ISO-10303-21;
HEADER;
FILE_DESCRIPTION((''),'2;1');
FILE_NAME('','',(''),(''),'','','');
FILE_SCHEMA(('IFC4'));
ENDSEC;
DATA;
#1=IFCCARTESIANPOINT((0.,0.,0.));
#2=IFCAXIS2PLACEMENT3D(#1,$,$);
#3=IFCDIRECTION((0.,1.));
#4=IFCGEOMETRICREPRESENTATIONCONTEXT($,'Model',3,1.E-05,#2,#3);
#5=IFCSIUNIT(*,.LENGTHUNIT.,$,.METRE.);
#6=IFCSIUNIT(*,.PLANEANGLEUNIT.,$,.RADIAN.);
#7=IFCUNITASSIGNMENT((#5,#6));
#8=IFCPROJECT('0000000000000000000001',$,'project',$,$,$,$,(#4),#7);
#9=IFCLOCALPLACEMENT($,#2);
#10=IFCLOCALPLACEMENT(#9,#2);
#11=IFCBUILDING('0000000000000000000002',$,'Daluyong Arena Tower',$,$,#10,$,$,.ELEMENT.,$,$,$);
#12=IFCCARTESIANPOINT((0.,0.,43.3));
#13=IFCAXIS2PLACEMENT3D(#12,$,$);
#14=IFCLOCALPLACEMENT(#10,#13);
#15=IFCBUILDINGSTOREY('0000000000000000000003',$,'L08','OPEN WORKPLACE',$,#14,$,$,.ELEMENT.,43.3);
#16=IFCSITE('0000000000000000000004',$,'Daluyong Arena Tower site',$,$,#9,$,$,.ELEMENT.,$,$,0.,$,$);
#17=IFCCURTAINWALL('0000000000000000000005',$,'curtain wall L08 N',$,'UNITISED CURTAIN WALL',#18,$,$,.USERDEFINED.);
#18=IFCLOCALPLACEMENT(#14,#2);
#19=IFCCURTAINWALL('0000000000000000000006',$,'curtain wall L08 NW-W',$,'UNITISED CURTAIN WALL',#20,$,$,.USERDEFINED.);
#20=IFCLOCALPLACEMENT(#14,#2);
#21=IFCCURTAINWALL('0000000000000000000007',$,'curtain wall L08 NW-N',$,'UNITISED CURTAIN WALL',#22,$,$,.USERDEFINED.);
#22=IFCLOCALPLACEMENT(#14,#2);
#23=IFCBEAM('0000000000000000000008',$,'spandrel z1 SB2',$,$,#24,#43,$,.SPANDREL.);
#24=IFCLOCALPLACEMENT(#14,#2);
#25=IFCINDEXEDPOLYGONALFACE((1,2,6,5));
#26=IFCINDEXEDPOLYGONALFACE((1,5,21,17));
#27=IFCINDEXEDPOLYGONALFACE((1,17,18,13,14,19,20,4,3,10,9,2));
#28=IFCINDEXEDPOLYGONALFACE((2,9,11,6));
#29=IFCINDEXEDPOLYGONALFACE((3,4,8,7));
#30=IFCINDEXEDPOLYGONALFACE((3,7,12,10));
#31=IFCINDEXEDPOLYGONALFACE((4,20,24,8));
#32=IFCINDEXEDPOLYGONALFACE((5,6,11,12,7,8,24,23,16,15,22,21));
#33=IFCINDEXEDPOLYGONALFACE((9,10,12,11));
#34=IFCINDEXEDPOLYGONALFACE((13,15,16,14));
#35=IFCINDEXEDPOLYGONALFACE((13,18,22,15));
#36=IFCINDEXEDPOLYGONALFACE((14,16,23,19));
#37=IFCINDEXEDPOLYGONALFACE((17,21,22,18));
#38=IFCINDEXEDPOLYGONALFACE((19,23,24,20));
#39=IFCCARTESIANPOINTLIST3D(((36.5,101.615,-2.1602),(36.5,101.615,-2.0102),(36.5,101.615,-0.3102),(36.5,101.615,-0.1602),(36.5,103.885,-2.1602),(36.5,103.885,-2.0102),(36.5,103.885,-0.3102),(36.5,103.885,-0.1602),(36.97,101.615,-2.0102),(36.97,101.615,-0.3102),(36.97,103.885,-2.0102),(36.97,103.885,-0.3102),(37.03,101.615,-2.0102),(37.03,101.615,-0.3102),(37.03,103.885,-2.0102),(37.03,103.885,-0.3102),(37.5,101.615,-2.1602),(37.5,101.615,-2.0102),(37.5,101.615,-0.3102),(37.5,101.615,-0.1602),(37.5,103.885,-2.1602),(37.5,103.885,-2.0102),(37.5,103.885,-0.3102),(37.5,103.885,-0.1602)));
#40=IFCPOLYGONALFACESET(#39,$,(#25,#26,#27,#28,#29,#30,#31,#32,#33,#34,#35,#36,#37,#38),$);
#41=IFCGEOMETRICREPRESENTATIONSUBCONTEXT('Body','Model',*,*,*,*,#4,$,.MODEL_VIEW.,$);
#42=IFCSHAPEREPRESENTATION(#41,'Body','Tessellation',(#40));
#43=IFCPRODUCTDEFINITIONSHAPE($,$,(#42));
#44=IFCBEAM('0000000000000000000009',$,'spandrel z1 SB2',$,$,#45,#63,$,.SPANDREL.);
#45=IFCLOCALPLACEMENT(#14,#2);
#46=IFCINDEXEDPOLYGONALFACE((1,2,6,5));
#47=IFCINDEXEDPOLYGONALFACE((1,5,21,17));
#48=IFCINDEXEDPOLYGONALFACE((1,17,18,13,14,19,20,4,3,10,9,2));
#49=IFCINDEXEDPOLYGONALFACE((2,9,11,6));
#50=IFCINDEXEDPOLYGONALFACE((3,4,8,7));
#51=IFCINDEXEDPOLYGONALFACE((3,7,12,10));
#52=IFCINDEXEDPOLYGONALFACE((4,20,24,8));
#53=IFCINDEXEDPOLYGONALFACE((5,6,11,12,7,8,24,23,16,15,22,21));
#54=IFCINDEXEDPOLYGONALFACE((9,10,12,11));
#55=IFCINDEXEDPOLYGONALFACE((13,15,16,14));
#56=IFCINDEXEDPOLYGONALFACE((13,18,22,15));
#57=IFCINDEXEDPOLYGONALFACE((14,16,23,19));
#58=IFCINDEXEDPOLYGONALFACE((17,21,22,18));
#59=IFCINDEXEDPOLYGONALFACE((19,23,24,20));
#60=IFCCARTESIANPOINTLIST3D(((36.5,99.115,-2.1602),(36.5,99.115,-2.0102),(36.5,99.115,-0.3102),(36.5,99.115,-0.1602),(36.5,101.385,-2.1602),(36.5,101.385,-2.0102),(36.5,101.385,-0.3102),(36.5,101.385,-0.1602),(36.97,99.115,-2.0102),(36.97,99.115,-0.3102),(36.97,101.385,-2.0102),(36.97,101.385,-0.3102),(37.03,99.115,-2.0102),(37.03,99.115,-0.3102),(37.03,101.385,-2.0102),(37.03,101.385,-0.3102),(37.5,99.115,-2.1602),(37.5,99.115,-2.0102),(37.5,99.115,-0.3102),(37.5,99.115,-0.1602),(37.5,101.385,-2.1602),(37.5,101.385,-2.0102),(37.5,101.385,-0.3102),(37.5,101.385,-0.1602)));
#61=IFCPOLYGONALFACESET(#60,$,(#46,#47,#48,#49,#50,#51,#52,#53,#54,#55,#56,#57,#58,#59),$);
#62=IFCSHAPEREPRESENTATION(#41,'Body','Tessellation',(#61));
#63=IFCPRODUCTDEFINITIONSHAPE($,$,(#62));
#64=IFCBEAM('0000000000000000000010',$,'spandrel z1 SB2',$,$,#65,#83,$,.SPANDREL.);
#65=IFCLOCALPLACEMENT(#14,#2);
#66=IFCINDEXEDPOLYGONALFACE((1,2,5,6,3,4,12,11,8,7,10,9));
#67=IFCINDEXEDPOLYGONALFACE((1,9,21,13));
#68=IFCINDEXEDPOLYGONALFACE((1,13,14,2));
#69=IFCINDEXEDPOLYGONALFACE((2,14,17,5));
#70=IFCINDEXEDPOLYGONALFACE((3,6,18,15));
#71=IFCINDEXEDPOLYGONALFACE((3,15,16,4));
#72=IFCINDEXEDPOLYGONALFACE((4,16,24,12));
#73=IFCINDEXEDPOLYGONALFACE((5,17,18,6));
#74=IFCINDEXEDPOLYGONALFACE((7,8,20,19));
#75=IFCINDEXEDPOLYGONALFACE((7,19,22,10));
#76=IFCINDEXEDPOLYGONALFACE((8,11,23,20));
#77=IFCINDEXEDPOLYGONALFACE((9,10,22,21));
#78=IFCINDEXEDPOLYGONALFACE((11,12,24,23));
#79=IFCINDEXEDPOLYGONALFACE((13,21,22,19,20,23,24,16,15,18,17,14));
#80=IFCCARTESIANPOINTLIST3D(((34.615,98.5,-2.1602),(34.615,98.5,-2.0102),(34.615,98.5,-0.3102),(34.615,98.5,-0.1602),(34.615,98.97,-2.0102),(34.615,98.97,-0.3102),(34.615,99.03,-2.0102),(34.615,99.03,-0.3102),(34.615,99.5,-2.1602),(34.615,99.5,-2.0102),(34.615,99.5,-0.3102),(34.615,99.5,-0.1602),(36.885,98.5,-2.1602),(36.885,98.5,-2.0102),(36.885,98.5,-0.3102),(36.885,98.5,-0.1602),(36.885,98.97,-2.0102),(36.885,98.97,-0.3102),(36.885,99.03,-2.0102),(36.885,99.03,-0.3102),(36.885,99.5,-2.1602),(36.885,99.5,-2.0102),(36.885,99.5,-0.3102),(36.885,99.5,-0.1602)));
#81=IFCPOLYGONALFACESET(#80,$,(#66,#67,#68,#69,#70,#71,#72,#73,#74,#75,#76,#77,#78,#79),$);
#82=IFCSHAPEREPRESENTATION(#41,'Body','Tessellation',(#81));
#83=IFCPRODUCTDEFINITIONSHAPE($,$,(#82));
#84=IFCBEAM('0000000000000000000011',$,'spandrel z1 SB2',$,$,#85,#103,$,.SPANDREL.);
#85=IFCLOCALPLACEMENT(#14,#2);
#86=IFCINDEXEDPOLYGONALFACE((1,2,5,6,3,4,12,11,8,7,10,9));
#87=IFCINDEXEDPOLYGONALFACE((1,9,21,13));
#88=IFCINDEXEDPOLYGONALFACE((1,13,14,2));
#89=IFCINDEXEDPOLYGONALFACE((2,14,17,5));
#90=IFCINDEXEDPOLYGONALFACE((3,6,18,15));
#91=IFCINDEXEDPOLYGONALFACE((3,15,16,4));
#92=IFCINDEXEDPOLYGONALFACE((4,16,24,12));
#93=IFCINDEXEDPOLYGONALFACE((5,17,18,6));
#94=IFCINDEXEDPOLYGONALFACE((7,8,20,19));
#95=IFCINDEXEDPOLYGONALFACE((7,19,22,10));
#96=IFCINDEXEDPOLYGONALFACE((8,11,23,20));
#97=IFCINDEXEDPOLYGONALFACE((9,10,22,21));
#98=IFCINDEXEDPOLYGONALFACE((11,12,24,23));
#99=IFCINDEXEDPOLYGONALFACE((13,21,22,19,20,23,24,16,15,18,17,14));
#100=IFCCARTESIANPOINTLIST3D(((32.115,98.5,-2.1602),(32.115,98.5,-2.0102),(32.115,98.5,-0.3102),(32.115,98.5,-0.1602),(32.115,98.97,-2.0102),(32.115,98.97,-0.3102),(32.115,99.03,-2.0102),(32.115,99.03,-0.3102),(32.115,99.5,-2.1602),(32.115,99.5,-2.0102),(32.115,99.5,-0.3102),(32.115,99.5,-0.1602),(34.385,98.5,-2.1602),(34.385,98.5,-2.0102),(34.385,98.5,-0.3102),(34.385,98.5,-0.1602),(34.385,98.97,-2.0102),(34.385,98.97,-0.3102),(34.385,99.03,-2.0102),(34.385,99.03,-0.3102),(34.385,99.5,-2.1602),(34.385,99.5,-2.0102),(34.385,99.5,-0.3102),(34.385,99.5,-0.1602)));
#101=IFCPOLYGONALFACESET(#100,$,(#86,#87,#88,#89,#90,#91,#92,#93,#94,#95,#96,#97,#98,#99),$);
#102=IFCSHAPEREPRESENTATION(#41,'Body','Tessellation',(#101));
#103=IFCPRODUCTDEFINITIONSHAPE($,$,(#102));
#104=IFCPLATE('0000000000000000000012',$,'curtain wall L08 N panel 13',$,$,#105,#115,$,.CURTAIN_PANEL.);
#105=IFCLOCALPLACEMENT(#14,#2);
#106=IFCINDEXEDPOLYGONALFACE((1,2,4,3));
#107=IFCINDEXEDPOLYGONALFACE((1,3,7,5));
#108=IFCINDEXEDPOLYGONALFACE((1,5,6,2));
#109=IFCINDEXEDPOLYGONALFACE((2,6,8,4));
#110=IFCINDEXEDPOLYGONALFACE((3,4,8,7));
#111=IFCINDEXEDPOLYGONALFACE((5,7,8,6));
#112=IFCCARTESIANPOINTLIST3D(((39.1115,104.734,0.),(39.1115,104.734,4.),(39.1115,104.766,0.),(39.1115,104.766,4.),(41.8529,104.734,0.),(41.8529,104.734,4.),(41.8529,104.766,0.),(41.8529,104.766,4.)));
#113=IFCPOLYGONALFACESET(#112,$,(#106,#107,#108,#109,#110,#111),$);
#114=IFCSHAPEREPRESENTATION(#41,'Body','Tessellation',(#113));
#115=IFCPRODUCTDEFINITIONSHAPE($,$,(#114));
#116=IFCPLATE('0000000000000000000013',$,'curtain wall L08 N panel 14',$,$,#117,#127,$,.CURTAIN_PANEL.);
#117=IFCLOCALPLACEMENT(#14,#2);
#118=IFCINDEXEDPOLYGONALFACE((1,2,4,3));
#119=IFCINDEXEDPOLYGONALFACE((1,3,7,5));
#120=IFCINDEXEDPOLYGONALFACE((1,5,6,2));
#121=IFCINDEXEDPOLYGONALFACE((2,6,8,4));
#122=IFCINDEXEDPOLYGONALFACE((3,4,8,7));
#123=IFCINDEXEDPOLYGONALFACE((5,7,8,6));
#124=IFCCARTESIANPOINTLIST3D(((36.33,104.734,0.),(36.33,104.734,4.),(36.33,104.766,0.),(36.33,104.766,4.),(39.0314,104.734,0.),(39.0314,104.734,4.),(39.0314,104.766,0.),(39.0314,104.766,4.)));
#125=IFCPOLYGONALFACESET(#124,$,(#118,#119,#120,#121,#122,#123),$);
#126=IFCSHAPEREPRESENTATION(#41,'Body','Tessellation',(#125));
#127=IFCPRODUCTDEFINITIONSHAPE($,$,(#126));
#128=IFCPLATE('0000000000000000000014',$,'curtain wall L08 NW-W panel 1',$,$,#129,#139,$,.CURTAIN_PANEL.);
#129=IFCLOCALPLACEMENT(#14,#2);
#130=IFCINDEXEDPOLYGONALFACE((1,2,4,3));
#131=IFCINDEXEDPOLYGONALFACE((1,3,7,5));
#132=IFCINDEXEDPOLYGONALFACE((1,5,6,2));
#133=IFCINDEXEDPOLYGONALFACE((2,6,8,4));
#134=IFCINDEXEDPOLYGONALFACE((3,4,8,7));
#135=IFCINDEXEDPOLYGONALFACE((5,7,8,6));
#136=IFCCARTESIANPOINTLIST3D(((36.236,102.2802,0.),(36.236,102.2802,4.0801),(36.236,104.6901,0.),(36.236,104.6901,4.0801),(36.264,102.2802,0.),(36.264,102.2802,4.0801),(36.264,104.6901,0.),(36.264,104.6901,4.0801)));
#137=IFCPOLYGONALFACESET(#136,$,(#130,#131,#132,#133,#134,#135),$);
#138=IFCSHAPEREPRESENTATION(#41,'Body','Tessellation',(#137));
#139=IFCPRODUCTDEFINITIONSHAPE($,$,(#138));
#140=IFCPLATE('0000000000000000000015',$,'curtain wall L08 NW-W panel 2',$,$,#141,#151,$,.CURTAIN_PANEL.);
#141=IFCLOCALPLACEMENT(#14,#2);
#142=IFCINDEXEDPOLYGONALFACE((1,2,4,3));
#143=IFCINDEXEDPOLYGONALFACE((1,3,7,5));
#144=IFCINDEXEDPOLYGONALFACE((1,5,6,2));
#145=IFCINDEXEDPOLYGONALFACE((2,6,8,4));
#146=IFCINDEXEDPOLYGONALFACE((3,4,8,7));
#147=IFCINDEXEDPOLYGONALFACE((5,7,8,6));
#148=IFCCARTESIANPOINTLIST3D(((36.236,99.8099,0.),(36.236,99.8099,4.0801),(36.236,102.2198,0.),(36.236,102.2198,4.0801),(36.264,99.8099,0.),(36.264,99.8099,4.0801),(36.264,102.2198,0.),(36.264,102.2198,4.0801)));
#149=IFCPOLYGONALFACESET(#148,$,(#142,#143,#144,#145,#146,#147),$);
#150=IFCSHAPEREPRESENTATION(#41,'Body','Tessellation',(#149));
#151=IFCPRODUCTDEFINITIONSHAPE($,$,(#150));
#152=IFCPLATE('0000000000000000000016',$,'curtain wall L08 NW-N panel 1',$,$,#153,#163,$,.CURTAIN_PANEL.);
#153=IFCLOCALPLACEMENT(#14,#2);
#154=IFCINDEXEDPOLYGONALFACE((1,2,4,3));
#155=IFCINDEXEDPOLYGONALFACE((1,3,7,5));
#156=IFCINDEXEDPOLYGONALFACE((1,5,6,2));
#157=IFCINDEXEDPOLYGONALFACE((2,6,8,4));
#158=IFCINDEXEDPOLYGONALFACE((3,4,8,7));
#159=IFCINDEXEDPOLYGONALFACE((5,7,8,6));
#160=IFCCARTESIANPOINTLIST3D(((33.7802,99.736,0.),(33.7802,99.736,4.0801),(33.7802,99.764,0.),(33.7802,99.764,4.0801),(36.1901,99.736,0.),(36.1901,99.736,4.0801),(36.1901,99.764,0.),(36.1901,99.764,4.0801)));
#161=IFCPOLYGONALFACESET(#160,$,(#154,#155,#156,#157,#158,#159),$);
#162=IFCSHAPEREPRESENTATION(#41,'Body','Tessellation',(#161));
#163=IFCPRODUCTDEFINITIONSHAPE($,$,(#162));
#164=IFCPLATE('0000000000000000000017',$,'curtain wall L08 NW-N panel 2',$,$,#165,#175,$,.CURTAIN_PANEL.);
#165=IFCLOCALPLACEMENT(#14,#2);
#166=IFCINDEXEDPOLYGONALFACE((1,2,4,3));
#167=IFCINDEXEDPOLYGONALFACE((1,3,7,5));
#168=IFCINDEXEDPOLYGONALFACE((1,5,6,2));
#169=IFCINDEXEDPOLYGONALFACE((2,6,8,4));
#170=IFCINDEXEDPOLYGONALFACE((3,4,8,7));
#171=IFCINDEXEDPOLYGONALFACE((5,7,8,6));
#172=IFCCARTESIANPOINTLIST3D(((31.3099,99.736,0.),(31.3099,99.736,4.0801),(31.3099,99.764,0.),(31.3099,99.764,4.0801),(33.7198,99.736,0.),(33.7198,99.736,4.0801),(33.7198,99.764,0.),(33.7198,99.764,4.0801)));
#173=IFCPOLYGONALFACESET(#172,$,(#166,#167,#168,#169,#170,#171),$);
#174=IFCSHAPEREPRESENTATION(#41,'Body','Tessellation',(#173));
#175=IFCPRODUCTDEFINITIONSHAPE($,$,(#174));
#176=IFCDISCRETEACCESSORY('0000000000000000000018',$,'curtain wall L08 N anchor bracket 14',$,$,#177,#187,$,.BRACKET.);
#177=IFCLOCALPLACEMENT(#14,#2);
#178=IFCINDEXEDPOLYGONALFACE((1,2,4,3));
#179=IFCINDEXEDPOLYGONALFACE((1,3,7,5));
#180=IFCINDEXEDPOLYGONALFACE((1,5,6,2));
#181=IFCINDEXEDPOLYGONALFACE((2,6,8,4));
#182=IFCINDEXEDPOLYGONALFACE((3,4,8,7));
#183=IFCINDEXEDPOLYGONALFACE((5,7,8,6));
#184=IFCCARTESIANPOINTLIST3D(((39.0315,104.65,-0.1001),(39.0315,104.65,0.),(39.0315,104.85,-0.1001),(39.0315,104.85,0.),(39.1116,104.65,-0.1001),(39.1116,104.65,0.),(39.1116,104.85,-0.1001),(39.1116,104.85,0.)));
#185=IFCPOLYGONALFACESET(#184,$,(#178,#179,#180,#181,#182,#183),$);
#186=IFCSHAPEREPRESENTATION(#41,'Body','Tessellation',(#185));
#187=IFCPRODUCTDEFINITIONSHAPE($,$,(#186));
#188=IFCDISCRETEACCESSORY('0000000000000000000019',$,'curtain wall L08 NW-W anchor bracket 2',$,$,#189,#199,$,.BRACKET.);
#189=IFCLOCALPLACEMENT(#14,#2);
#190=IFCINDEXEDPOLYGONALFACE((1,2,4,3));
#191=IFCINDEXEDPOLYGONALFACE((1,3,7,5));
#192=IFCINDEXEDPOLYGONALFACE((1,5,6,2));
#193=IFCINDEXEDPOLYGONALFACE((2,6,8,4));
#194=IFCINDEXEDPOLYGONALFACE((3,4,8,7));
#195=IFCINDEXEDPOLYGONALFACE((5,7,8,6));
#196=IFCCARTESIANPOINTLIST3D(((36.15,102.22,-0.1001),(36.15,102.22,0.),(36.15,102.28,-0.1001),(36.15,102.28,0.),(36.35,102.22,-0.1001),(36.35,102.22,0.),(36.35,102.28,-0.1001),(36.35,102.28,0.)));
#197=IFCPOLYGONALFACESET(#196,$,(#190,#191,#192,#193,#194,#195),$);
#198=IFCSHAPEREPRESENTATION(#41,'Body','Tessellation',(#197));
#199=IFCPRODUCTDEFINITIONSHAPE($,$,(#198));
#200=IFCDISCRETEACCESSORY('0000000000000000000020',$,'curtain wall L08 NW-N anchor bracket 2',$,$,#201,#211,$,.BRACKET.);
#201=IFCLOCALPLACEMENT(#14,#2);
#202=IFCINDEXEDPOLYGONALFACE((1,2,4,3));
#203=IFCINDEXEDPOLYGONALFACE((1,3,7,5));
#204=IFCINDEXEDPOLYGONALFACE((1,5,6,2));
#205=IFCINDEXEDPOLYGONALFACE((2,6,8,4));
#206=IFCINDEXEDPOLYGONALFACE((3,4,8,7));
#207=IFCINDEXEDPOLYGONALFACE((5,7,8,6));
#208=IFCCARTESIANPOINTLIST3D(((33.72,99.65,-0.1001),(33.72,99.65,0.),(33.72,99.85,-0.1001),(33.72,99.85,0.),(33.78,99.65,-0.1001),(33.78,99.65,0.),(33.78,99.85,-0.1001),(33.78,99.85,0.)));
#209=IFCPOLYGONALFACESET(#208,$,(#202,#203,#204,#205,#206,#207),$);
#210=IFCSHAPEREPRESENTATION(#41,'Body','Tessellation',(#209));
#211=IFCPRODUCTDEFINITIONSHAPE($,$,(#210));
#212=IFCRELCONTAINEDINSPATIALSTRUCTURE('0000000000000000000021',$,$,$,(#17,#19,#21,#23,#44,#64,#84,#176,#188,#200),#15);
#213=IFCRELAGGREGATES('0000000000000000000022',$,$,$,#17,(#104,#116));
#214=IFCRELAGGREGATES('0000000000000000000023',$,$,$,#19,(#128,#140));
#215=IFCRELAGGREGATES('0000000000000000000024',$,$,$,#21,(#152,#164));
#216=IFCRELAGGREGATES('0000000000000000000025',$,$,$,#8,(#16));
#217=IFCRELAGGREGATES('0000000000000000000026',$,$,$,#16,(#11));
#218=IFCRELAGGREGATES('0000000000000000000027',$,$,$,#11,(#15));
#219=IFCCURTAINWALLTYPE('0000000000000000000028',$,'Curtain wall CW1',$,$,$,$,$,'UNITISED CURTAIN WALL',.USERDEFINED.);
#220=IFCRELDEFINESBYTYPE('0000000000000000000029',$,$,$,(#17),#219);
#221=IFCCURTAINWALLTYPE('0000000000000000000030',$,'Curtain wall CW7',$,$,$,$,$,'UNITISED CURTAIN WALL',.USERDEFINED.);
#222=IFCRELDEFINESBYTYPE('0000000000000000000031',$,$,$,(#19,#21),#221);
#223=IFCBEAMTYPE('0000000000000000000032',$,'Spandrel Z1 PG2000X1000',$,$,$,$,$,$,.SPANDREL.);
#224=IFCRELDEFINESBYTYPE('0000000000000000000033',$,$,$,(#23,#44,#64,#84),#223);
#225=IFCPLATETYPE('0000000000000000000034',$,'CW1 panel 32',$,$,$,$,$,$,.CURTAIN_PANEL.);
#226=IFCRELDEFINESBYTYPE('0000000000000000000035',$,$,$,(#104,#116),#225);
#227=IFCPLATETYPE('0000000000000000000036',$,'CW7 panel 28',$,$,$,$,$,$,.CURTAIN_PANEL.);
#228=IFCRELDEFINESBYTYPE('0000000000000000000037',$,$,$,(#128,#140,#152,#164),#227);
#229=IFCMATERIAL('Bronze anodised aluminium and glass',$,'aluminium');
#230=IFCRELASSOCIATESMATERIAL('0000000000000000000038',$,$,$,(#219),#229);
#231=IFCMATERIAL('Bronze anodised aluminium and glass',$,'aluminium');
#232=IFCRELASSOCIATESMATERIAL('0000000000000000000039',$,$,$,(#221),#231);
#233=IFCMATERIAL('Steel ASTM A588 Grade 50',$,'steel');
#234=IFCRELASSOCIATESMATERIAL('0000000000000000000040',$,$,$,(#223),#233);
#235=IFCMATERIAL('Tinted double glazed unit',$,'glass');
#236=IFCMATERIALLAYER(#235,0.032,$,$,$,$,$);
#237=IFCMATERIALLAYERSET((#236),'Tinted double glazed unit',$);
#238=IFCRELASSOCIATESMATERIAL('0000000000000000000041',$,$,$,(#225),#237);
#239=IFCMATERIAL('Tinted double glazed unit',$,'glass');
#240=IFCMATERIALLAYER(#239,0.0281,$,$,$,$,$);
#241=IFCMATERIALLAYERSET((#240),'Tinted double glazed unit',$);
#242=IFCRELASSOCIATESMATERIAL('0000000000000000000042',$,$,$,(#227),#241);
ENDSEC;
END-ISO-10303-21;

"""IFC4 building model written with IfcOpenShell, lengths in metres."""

from ifc_helpers import new_model, si_unit, direction, frame, origin, origin_2d, place, context, subcontext, project, spatial, rectangle, i_section, extrude, material, layer, layer_set, material_profile, profile_set, type_object, element, aggregate, save


model = new_model("IFC4")

# Units and contexts
model_context = context("Model", 3, precision=1e-05, world=origin(), true_north=direction((0.0, 1.0)))
body_context = subcontext(model_context, "Body", "Model", "MODEL_VIEW")
ifc_project = project(units=[si_unit("LENGTHUNIT", "METRE"), si_unit("PLANEANGLEUNIT", "RADIAN")], contexts=[model_context])

# Site, building, storey
site_placement = place(None, origin())
site = spatial("IfcSite", under=ifc_project, at=site_placement, Name="Daluyong Arena Tower site", CompositionType="ELEMENT", RefElevation=0.0)
building_placement = place(site_placement, origin())
building = spatial("IfcBuilding", under=site, at=building_placement, Name="Daluyong Arena Tower", CompositionType="ELEMENT")
storey_placement = place(building_placement, frame((0.0, 0.0, 43.3)))
storey = spatial("IfcBuildingStorey", under=building, at=storey_placement, Name="L08", Description="OPEN WORKPLACE", CompositionType="ELEMENT", Elevation=43.3)

# Curtain wall
ifc_material_1 = material(Name="Bronze anodised aluminium and glass", Category="aluminium")
curtain_wall_type_1 = type_object("IfcCurtainWallType", Name="Curtain wall CW1", ElementType="UNITISED CURTAIN WALL", PredefinedType="USERDEFINED", material=ifc_material_1)
curtain_wall_1_placement = place(storey_placement, origin())
curtain_wall_1 = element("IfcCurtainWall", 1, at=curtain_wall_1_placement, inside=storey, type_object=curtain_wall_type_1, Name="curtain wall L08 N", ObjectType="UNITISED CURTAIN WALL", PredefinedType="USERDEFINED")

# Curtain walls
ifc_material_2 = material(Name="Bronze anodised aluminium and glass", Category="aluminium")
curtain_wall_type_2 = type_object("IfcCurtainWallType", Name="Curtain wall CW7", ElementType="UNITISED CURTAIN WALL", PredefinedType="USERDEFINED", material=ifc_material_2)
curtain_wall_2_placement = place(storey_placement, origin())
curtain_wall_2 = element("IfcCurtainWall", 2, at=curtain_wall_2_placement, inside=storey, type_object=curtain_wall_type_2, Name="curtain wall L08 NW-W", ObjectType="UNITISED CURTAIN WALL", PredefinedType="USERDEFINED")
curtain_wall_3_placement = place(storey_placement, origin())
curtain_wall_3 = element("IfcCurtainWall", 3, at=curtain_wall_3_placement, inside=storey, type_object=curtain_wall_type_2, Name="curtain wall L08 NW-N", ObjectType="UNITISED CURTAIN WALL", PredefinedType="USERDEFINED")

# Beams
ifc_material_3 = material(Name="Steel ASTM A588 Grade 50", Category="steel")
ifc_material_profile_1 = material_profile(ifc_material_3, i_section(OverallWidth=1.0, OverallDepth=2.0, WebThickness=0.06, FlangeThickness=0.15, at=origin_2d()))
ifc_profile_set_1 = profile_set([ifc_material_profile_1], Name="Steel ASTM A588 Grade 50")
beam_type_1 = type_object("IfcBeamType", Name="Spandrel Z1 PG2000X1000", PredefinedType="SPANDREL", material=ifc_profile_set_1)
for number, where, z_axis, x_axis, name in (
    (4, (37.0, 103.885, -1.1602), (0.0, -1.0, 0.0), (1.0, 0.0, 0.0), "spandrel z1 SB2"),
    (5, (37.0, 101.385, -1.1602), (0.0, -1.0, 0.0), (1.0, 0.0, 0.0), "spandrel z1 SB2"),
    (6, (36.885, 99.0, -1.1602), (-1.0, 0.0, 0.0), (0.0, -1.0, 0.0), "spandrel z1 SB2"),
    (7, (34.385, 99.0, -1.1602), (-1.0, 0.0, 0.0), (0.0, -1.0, 0.0), "spandrel z1 SB2"),
):
    element("IfcBeam", number, at=place(storey_placement, frame(where, z_axis=z_axis, x_axis=x_axis)), inside=storey, type_object=beam_type_1, Name=name, PredefinedType="SPANDREL", context=body_context, shape_type="SweptSolid", body=[
        extrude(i_section(OverallWidth=1.0, OverallDepth=2.0, WebThickness=0.06, FlangeThickness=0.15, at=origin_2d()), origin(), (0.0, 0.0, 1.0), 2.27),
    ])

# Plates
ifc_material_4 = material(Name="Tinted double glazed unit", Category="glass")
ifc_layer_1 = layer(ifc_material_4, 0.032)
ifc_layer_set_1 = layer_set([ifc_layer_1], Name="Tinted double glazed unit")
plate_type_1 = type_object("IfcPlateType", Name="CW1 panel 32", PredefinedType="CURTAIN_PANEL", material=ifc_layer_set_1)
plate_1_placement = place(storey_placement, frame((40.4822, 104.75, 0.0), z_axis=(0.0, 0.0, 1.0), x_axis=(-1.0, 0.0, 0.0)))
plate_1 = element("IfcPlate", 8, at=plate_1_placement, type_object=plate_type_1, Name="curtain wall L08 N panel 13", PredefinedType="CURTAIN_PANEL", context=body_context, shape_type="SweptSolid", body=[
    extrude(rectangle(XDim=2.7415, YDim=0.032, at=origin_2d()), origin(), (0.0, 0.0, 1.0), 4.0),
])
plate_2_placement = place(storey_placement, frame((37.6807, 104.75, 0.0), z_axis=(0.0, 0.0, 1.0), x_axis=(-1.0, 0.0, 0.0)))
plate_2 = element("IfcPlate", 9, at=plate_2_placement, type_object=plate_type_1, Name="curtain wall L08 N panel 14", PredefinedType="CURTAIN_PANEL", context=body_context, shape_type="SweptSolid", body=[
    extrude(rectangle(XDim=2.7014, YDim=0.032, at=origin_2d()), origin(), (0.0, 0.0, 1.0), 4.0),
])
aggregate(curtain_wall_1, [plate_1, plate_2])
ifc_material_5 = material(Name="Tinted double glazed unit", Category="glass")
ifc_layer_2 = layer(ifc_material_5, 0.0281)
ifc_layer_set_2 = layer_set([ifc_layer_2], Name="Tinted double glazed unit")
plate_type_2 = type_object("IfcPlateType", Name="CW7 panel 28", PredefinedType="CURTAIN_PANEL", material=ifc_layer_set_2)
plate_3_placement = place(storey_placement, frame((36.25, 103.4851, 0.0), z_axis=(0.0, 0.0, 1.0), x_axis=(0.0, -1.0, 0.0)))
plate_3 = element("IfcPlate", 10, at=plate_3_placement, type_object=plate_type_2, Name="curtain wall L08 NW-W panel 1", PredefinedType="CURTAIN_PANEL", context=body_context, shape_type="SweptSolid", body=[
    extrude(rectangle(XDim=2.4099, YDim=0.0281, at=origin_2d()), origin(), (0.0, 0.0, 1.0), 4.0801),
])
plate_4_placement = place(storey_placement, frame((36.25, 101.0149, 0.0), z_axis=(0.0, 0.0, 1.0), x_axis=(0.0, -1.0, 0.0)))
plate_4 = element("IfcPlate", 11, at=plate_4_placement, type_object=plate_type_2, Name="curtain wall L08 NW-W panel 2", PredefinedType="CURTAIN_PANEL", context=body_context, shape_type="SweptSolid", body=[
    extrude(rectangle(XDim=2.4099, YDim=0.0281, at=origin_2d()), origin(), (0.0, 0.0, 1.0), 4.0801),
])
aggregate(curtain_wall_2, [plate_3, plate_4])
plate_5_placement = place(storey_placement, frame((34.9851, 99.75, 0.0), z_axis=(0.0, 0.0, 1.0), x_axis=(-1.0, 0.0, 0.0)))
plate_5 = element("IfcPlate", 12, at=plate_5_placement, type_object=plate_type_2, Name="curtain wall L08 NW-N panel 1", PredefinedType="CURTAIN_PANEL", context=body_context, shape_type="SweptSolid", body=[
    extrude(rectangle(XDim=2.4099, YDim=0.0281, at=origin_2d()), origin(), (0.0, 0.0, 1.0), 4.0801),
])
plate_6_placement = place(storey_placement, frame((32.5149, 99.75, 0.0), z_axis=(0.0, 0.0, 1.0), x_axis=(-1.0, 0.0, 0.0)))
plate_6 = element("IfcPlate", 13, at=plate_6_placement, type_object=plate_type_2, Name="curtain wall L08 NW-N panel 2", PredefinedType="CURTAIN_PANEL", context=body_context, shape_type="SweptSolid", body=[
    extrude(rectangle(XDim=2.4099, YDim=0.0281, at=origin_2d()), origin(), (0.0, 0.0, 1.0), 4.0801),
])
aggregate(curtain_wall_3, [plate_5, plate_6])

# Discrete accessories
discrete_accessory_placement = place(storey_placement, frame((39.0715, 104.75, -0.1001), z_axis=(0.0, 0.0, 1.0), x_axis=(-1.0, 0.0, 0.0)))
element("IfcDiscreteAccessory", 14, at=discrete_accessory_placement, inside=storey, Name="curtain wall L08 N anchor bracket 14", PredefinedType="BRACKET", context=body_context, shape_type="SweptSolid", body=[
    extrude(rectangle(XDim=0.0801, YDim=0.2, at=origin_2d()), origin(), (0.0, 0.0, 1.0), 0.1001),
])
for number, where, z_axis, x_axis, name in (
    (15, (36.25, 102.25, -0.1001), (0.0, 0.0, 1.0), (0.0, -1.0, 0.0), "curtain wall L08 NW-W anchor bracket 2"),
    (16, (33.75, 99.75, -0.1001), (0.0, 0.0, 1.0), (-1.0, 0.0, 0.0), "curtain wall L08 NW-N anchor bracket 2"),
):
    element("IfcDiscreteAccessory", number, at=place(storey_placement, frame(where, z_axis=z_axis, x_axis=x_axis)), inside=storey, Name=name, PredefinedType="BRACKET", context=body_context, shape_type="SweptSolid", body=[
        extrude(rectangle(XDim=0.0601, YDim=0.2, at=origin_2d()), origin(), (0.0, 0.0, 1.0), 0.1001),
    ])

save(model, "model.ifc")
